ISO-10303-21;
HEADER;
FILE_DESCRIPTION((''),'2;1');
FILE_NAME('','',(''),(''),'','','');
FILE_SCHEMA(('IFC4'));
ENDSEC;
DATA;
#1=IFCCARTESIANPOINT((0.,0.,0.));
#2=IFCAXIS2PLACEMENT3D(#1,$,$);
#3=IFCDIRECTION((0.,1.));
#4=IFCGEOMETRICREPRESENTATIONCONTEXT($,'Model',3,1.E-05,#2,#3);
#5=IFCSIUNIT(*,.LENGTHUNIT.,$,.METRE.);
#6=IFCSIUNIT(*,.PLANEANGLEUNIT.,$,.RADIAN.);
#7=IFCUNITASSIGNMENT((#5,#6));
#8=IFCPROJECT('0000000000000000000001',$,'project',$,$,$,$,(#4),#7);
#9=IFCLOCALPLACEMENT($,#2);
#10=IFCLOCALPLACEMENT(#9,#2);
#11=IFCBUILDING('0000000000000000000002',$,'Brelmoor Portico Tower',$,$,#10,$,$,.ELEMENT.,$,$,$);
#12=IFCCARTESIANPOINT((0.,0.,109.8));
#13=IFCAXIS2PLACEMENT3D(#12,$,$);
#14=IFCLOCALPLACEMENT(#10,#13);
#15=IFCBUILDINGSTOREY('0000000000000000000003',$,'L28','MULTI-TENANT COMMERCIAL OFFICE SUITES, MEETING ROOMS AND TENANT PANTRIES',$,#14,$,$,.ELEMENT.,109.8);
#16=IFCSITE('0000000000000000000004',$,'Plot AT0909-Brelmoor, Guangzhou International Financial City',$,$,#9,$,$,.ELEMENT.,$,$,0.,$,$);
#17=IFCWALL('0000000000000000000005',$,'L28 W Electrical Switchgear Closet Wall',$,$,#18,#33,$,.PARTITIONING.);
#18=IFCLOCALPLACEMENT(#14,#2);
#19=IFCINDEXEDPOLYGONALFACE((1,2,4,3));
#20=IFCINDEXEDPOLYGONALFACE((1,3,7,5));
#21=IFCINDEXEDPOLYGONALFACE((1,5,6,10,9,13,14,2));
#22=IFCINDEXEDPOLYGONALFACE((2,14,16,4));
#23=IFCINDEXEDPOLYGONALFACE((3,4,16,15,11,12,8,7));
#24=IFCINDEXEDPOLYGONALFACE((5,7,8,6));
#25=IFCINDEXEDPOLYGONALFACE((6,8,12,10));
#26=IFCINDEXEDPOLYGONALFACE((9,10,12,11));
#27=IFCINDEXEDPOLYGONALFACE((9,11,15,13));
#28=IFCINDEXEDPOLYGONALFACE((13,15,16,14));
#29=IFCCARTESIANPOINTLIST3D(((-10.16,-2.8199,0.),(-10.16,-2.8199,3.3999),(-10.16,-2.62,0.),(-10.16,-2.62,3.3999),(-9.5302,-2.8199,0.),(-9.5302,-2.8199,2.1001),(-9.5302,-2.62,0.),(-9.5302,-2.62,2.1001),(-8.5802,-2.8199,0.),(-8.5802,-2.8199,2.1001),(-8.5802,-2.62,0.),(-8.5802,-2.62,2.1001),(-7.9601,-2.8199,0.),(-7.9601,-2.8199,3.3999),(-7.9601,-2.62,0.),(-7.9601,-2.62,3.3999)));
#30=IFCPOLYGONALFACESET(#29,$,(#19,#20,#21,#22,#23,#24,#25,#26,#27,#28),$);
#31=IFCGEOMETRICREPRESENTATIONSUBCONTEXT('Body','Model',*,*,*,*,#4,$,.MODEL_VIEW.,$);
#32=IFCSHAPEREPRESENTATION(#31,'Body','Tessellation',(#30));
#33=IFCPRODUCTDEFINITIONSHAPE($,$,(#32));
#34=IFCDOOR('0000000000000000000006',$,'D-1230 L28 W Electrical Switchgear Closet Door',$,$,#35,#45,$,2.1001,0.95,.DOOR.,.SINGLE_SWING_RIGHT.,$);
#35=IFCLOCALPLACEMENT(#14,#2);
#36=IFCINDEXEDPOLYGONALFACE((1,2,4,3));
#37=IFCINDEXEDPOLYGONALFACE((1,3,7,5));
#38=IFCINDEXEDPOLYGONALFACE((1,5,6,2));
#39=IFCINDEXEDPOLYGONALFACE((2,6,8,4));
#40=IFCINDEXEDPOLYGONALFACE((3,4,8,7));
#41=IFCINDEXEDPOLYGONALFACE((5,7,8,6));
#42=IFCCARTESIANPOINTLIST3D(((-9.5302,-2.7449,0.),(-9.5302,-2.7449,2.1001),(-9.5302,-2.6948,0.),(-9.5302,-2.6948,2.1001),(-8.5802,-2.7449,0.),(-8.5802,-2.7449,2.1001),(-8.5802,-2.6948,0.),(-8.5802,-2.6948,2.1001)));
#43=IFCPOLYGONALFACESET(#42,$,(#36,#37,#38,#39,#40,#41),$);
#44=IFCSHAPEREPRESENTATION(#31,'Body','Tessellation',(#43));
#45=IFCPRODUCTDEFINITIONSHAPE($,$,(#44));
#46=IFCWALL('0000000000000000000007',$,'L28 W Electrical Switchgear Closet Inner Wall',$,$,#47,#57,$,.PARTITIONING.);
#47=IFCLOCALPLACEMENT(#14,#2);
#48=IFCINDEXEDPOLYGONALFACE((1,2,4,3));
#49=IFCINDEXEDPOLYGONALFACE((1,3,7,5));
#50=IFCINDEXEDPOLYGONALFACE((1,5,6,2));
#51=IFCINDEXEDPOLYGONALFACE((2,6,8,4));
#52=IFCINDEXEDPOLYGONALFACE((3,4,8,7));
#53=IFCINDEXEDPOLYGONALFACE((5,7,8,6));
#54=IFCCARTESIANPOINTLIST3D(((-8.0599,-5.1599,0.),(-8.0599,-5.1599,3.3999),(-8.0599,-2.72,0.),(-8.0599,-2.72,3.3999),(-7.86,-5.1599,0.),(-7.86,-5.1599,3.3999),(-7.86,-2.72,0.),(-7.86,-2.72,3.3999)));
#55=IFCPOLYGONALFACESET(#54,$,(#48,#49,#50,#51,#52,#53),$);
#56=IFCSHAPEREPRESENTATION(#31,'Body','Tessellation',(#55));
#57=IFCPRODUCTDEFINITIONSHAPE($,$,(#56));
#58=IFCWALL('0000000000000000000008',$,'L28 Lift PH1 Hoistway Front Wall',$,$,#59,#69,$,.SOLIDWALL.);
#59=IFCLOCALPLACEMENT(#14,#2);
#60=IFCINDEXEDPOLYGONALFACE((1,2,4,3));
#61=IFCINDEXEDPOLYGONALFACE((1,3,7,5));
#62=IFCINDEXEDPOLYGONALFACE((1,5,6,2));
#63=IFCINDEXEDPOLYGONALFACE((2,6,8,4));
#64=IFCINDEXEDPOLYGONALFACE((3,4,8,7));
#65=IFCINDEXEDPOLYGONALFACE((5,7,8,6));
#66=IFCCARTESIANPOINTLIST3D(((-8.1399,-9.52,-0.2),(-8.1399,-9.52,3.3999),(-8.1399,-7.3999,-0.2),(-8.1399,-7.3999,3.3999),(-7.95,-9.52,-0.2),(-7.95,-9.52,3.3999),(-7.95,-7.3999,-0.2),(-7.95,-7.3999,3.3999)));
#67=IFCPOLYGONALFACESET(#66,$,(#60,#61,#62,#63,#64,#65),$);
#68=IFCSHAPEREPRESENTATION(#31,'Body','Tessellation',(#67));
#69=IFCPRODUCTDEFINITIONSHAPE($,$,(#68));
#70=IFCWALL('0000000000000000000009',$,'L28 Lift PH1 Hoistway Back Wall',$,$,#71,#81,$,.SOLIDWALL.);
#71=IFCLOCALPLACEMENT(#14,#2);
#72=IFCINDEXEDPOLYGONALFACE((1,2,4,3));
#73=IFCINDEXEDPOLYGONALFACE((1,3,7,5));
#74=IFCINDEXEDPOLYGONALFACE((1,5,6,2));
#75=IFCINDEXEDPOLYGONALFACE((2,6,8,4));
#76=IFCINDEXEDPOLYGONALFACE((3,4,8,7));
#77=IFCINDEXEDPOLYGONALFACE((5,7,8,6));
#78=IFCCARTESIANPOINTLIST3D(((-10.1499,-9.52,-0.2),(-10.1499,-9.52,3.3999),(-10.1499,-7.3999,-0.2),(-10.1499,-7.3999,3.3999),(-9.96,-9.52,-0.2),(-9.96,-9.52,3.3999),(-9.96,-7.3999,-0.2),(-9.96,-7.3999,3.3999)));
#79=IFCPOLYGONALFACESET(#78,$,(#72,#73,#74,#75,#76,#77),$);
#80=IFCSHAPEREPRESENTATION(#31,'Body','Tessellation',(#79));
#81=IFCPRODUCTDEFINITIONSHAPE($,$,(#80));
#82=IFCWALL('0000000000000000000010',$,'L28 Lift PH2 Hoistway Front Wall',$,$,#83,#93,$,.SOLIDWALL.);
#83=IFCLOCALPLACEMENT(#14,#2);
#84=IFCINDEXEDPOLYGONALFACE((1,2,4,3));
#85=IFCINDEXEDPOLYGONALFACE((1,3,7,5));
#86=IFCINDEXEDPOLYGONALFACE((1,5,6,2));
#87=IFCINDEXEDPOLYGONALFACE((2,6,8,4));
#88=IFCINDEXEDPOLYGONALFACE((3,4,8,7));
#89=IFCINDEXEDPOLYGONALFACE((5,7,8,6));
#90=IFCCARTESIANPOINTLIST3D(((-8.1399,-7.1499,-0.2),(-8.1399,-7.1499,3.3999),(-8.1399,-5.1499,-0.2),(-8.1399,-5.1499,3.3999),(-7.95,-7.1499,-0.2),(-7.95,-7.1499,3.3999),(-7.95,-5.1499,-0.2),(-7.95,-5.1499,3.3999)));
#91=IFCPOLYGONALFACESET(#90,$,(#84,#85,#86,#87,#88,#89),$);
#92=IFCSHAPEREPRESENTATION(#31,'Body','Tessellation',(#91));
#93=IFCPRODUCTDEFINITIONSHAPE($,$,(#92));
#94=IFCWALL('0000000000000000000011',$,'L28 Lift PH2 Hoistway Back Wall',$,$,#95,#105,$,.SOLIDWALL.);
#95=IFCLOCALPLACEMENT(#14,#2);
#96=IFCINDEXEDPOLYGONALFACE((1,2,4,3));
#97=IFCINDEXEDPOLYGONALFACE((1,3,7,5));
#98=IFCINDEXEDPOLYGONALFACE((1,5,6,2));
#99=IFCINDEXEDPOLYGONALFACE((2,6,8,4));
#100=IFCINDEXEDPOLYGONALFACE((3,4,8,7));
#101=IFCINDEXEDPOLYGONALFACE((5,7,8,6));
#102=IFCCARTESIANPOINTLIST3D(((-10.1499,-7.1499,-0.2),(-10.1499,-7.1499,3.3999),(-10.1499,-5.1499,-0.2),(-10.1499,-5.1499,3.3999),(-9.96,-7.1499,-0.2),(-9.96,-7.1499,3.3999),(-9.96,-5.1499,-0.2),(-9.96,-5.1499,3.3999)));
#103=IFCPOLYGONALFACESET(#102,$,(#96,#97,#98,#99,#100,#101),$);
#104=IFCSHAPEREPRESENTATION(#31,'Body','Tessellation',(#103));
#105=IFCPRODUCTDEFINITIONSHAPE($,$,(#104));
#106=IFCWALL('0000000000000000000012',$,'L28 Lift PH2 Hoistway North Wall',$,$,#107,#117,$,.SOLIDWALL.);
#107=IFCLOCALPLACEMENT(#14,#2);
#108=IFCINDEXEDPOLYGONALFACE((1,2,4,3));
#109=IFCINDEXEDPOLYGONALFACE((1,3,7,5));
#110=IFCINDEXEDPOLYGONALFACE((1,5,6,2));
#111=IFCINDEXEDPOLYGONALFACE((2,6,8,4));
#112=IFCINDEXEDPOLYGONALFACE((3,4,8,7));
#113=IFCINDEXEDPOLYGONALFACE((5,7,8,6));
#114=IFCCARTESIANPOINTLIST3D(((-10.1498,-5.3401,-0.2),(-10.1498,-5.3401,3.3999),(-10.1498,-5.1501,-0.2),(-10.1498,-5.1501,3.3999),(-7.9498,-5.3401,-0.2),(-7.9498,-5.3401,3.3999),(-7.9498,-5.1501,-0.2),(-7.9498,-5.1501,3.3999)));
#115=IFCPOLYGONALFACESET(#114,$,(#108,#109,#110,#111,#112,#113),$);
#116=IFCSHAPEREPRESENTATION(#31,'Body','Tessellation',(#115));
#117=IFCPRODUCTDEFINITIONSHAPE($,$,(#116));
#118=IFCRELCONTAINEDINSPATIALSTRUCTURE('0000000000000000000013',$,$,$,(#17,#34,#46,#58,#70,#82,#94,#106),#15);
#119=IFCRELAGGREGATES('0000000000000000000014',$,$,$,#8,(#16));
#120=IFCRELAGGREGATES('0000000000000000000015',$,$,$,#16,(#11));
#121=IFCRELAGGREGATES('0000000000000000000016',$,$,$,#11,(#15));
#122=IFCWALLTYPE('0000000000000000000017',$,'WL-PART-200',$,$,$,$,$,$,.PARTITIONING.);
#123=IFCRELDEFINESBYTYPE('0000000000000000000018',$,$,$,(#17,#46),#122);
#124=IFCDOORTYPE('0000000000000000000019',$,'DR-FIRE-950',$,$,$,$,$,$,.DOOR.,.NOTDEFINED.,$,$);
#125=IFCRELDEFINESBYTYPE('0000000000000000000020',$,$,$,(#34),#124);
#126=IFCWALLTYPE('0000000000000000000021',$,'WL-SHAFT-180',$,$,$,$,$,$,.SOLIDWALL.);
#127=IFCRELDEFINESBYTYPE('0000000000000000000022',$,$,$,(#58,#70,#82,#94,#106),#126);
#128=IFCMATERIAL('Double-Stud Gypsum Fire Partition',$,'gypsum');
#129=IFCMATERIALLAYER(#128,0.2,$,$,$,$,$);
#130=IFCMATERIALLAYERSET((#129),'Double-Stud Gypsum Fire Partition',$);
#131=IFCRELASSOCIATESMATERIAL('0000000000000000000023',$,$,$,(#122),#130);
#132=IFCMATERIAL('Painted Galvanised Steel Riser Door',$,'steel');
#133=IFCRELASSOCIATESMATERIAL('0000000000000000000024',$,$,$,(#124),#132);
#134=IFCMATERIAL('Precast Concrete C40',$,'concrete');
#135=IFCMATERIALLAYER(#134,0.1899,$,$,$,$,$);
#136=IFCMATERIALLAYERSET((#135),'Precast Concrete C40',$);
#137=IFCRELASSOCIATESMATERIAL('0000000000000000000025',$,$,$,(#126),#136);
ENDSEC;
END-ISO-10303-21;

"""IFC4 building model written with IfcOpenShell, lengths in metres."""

from ifc_helpers import new_model, si_unit, direction, frame, frame_2d, origin, place, context, subcontext, project, spatial, rectangle, extrude, material, layer, layer_set, type_object, element, fill, save


model = new_model("IFC4")

# Units and contexts
model_context = context("Model", 3, precision=1e-05, world=origin(), true_north=direction((0.0, 1.0)))
body_context = subcontext(model_context, "Body", "Model", "MODEL_VIEW")
ifc_project = project(units=[si_unit("LENGTHUNIT", "METRE"), si_unit("PLANEANGLEUNIT", "RADIAN")], contexts=[model_context])

# Site, building, storey
site_placement = place(None, origin())
site = spatial("IfcSite", under=ifc_project, at=site_placement, Name="Plot AT0909-Brelmoor, Guangzhou International Financial City", CompositionType="ELEMENT", RefElevation=0.0)
building_placement = place(site_placement, origin())
building = spatial("IfcBuilding", under=site, at=building_placement, Name="Brelmoor Portico Tower", CompositionType="ELEMENT")
storey_placement = place(building_placement, frame((0.0, 0.0, 109.8)))
storey = spatial("IfcBuildingStorey", under=building, at=storey_placement, Name="L28", Description="MULTI-TENANT COMMERCIAL OFFICE SUITES, MEETING ROOMS AND TENANT PANTRIES", CompositionType="ELEMENT", Elevation=109.8)

# Shared definitions
ifc_material_1 = material(Name="Double-Stud Gypsum Fire Partition", Category="gypsum")
ifc_layer_1 = layer(ifc_material_1, 0.2)
ifc_layer_set_1 = layer_set([ifc_layer_1], Name="Double-Stud Gypsum Fire Partition")
wall_type_1 = type_object("IfcWallType", Name="WL-PART-200", PredefinedType="PARTITIONING", material=ifc_layer_set_1)

# Wall, opening, door
wall_1_placement = place(storey_placement, frame((-7.96, -2.72, 0.0), z_axis=(0.0, 0.0, 1.0), x_axis=(-1.0, 0.0, 0.0)))
wall_1 = element("IfcWall", 1, at=wall_1_placement, inside=storey, type_object=wall_type_1, Name="L28 W Electrical Switchgear Closet Wall", PredefinedType="PARTITIONING", context=body_context, shape_type="SweptSolid", body=[
    extrude(rectangle(XDim=2.2, YDim=0.2, at=frame_2d((1.1001, 0.0))), origin(), (0.0, 0.0, 1.0), 3.3999),
])
opening_1_placement = place(wall_1_placement, frame((0.6201, 0.0, 0.0)))
opening_1 = element("IfcOpeningElement", 2, at=opening_1_placement, cuts=wall_1, PredefinedType="OPENING", context=body_context, shape_type="SweptSolid", body=[
    extrude(rectangle(XDim=0.95, YDim=2.1001, at=frame_2d((0.4751, 1.05))), frame((0.0, 0.1099, 0.0), z_axis=(0.0, -1.0, 0.0), x_axis=(1.0, 0.0, 0.0)), (0.0, 0.0, 1.0), 0.22),
])
ifc_material_2 = material(Name="Painted Galvanised Steel Riser Door", Category="steel")
door_type_1 = type_object("IfcDoorType", Name="DR-FIRE-950", OperationType="NOTDEFINED", PredefinedType="DOOR", material=ifc_material_2)
door_1_placement = place(opening_1_placement, origin())
door_1 = element("IfcDoor", 3, at=door_1_placement, inside=storey, type_object=door_type_1, Name="D-1230 L28 W Electrical Switchgear Closet Door", OperationType="SINGLE_SWING_RIGHT", OverallHeight=2.1001, OverallWidth=0.95, PredefinedType="DOOR", context=body_context, shape_type="SweptSolid", body=[
    extrude(rectangle(XDim=0.95, YDim=2.1001, at=frame_2d((0.4751, 1.05))), frame((0.0, 0.0249, 0.0), z_axis=(0.0, -1.0, 0.0), x_axis=(1.0, 0.0, 0.0)), (0.0, 0.0, 1.0), 0.05),
])
fill(opening_1, door_1)

# Walls
wall_2_placement = place(storey_placement, frame((-7.96, -5.1599, 0.0), z_axis=(0.0, 0.0, 1.0), x_axis=(0.0, 1.0, 0.0)))
element("IfcWall", 4, at=wall_2_placement, inside=storey, type_object=wall_type_1, Name="L28 W Electrical Switchgear Closet Inner Wall", PredefinedType="PARTITIONING", context=body_context, shape_type="SweptSolid", body=[
    extrude(rectangle(XDim=2.4399, YDim=0.2, at=frame_2d((1.22, 0.0))), origin(), (0.0, 0.0, 1.0), 3.3999),
])
ifc_material_3 = material(Name="Precast Concrete C40", Category="concrete")
ifc_layer_2 = layer(ifc_material_3, 0.1899)
ifc_layer_set_2 = layer_set([ifc_layer_2], Name="Precast Concrete C40")
wall_type_2 = type_object("IfcWallType", Name="WL-SHAFT-180", PredefinedType="SOLIDWALL", material=ifc_layer_set_2)
for number, where, z_axis, x_axis, name in (
    (5, (-8.0449, -9.52, -0.2), (0.0, 0.0, 1.0), (0.0, 1.0, 0.0), "L28 Lift PH1 Hoistway Front Wall"),
    (6, (-10.0549, -9.52, -0.2), (0.0, 0.0, 1.0), (0.0, 1.0, 0.0), "L28 Lift PH1 Hoistway Back Wall"),
):
    element("IfcWall", number, at=place(storey_placement, frame(where, z_axis=z_axis, x_axis=x_axis)), inside=storey, type_object=wall_type_2, Name=name, PredefinedType="SOLIDWALL", context=body_context, shape_type="SweptSolid", body=[
        extrude(rectangle(XDim=2.1201, YDim=0.1899, at=frame_2d((1.0601, 0.0))), origin(), (0.0, 0.0, 1.0), 3.5999),
    ])
for number, where, z_axis, x_axis, name in (
    (7, (-8.0449, -7.1499, -0.2), (0.0, 0.0, 1.0), (0.0, 1.0, 0.0), "L28 Lift PH2 Hoistway Front Wall"),
    (8, (-10.0549, -7.1499, -0.2), (0.0, 0.0, 1.0), (0.0, 1.0, 0.0), "L28 Lift PH2 Hoistway Back Wall"),
):
    element("IfcWall", number, at=place(storey_placement, frame(where, z_axis=z_axis, x_axis=x_axis)), inside=storey, type_object=wall_type_2, Name=name, PredefinedType="SOLIDWALL", context=body_context, shape_type="SweptSolid", body=[
        extrude(rectangle(XDim=2.0, YDim=0.1899, at=frame_2d((1.0, 0.0))), origin(), (0.0, 0.0, 1.0), 3.5999),
    ])
wall_3_placement = place(storey_placement, frame((-10.1499, -5.2451, -0.2), z_axis=(0.0, 0.0, 1.0), x_axis=(1.0, 0.0, 0.0)))
element("IfcWall", 9, at=wall_3_placement, inside=storey, type_object=wall_type_2, Name="L28 Lift PH2 Hoistway North Wall", PredefinedType="SOLIDWALL", context=body_context, shape_type="SweptSolid", body=[
    extrude(rectangle(XDim=2.2, YDim=0.1899, at=frame_2d((1.1001, 0.0))), origin(), (0.0, 0.0, 1.0), 3.5999),
])

save(model, "model.ifc")
